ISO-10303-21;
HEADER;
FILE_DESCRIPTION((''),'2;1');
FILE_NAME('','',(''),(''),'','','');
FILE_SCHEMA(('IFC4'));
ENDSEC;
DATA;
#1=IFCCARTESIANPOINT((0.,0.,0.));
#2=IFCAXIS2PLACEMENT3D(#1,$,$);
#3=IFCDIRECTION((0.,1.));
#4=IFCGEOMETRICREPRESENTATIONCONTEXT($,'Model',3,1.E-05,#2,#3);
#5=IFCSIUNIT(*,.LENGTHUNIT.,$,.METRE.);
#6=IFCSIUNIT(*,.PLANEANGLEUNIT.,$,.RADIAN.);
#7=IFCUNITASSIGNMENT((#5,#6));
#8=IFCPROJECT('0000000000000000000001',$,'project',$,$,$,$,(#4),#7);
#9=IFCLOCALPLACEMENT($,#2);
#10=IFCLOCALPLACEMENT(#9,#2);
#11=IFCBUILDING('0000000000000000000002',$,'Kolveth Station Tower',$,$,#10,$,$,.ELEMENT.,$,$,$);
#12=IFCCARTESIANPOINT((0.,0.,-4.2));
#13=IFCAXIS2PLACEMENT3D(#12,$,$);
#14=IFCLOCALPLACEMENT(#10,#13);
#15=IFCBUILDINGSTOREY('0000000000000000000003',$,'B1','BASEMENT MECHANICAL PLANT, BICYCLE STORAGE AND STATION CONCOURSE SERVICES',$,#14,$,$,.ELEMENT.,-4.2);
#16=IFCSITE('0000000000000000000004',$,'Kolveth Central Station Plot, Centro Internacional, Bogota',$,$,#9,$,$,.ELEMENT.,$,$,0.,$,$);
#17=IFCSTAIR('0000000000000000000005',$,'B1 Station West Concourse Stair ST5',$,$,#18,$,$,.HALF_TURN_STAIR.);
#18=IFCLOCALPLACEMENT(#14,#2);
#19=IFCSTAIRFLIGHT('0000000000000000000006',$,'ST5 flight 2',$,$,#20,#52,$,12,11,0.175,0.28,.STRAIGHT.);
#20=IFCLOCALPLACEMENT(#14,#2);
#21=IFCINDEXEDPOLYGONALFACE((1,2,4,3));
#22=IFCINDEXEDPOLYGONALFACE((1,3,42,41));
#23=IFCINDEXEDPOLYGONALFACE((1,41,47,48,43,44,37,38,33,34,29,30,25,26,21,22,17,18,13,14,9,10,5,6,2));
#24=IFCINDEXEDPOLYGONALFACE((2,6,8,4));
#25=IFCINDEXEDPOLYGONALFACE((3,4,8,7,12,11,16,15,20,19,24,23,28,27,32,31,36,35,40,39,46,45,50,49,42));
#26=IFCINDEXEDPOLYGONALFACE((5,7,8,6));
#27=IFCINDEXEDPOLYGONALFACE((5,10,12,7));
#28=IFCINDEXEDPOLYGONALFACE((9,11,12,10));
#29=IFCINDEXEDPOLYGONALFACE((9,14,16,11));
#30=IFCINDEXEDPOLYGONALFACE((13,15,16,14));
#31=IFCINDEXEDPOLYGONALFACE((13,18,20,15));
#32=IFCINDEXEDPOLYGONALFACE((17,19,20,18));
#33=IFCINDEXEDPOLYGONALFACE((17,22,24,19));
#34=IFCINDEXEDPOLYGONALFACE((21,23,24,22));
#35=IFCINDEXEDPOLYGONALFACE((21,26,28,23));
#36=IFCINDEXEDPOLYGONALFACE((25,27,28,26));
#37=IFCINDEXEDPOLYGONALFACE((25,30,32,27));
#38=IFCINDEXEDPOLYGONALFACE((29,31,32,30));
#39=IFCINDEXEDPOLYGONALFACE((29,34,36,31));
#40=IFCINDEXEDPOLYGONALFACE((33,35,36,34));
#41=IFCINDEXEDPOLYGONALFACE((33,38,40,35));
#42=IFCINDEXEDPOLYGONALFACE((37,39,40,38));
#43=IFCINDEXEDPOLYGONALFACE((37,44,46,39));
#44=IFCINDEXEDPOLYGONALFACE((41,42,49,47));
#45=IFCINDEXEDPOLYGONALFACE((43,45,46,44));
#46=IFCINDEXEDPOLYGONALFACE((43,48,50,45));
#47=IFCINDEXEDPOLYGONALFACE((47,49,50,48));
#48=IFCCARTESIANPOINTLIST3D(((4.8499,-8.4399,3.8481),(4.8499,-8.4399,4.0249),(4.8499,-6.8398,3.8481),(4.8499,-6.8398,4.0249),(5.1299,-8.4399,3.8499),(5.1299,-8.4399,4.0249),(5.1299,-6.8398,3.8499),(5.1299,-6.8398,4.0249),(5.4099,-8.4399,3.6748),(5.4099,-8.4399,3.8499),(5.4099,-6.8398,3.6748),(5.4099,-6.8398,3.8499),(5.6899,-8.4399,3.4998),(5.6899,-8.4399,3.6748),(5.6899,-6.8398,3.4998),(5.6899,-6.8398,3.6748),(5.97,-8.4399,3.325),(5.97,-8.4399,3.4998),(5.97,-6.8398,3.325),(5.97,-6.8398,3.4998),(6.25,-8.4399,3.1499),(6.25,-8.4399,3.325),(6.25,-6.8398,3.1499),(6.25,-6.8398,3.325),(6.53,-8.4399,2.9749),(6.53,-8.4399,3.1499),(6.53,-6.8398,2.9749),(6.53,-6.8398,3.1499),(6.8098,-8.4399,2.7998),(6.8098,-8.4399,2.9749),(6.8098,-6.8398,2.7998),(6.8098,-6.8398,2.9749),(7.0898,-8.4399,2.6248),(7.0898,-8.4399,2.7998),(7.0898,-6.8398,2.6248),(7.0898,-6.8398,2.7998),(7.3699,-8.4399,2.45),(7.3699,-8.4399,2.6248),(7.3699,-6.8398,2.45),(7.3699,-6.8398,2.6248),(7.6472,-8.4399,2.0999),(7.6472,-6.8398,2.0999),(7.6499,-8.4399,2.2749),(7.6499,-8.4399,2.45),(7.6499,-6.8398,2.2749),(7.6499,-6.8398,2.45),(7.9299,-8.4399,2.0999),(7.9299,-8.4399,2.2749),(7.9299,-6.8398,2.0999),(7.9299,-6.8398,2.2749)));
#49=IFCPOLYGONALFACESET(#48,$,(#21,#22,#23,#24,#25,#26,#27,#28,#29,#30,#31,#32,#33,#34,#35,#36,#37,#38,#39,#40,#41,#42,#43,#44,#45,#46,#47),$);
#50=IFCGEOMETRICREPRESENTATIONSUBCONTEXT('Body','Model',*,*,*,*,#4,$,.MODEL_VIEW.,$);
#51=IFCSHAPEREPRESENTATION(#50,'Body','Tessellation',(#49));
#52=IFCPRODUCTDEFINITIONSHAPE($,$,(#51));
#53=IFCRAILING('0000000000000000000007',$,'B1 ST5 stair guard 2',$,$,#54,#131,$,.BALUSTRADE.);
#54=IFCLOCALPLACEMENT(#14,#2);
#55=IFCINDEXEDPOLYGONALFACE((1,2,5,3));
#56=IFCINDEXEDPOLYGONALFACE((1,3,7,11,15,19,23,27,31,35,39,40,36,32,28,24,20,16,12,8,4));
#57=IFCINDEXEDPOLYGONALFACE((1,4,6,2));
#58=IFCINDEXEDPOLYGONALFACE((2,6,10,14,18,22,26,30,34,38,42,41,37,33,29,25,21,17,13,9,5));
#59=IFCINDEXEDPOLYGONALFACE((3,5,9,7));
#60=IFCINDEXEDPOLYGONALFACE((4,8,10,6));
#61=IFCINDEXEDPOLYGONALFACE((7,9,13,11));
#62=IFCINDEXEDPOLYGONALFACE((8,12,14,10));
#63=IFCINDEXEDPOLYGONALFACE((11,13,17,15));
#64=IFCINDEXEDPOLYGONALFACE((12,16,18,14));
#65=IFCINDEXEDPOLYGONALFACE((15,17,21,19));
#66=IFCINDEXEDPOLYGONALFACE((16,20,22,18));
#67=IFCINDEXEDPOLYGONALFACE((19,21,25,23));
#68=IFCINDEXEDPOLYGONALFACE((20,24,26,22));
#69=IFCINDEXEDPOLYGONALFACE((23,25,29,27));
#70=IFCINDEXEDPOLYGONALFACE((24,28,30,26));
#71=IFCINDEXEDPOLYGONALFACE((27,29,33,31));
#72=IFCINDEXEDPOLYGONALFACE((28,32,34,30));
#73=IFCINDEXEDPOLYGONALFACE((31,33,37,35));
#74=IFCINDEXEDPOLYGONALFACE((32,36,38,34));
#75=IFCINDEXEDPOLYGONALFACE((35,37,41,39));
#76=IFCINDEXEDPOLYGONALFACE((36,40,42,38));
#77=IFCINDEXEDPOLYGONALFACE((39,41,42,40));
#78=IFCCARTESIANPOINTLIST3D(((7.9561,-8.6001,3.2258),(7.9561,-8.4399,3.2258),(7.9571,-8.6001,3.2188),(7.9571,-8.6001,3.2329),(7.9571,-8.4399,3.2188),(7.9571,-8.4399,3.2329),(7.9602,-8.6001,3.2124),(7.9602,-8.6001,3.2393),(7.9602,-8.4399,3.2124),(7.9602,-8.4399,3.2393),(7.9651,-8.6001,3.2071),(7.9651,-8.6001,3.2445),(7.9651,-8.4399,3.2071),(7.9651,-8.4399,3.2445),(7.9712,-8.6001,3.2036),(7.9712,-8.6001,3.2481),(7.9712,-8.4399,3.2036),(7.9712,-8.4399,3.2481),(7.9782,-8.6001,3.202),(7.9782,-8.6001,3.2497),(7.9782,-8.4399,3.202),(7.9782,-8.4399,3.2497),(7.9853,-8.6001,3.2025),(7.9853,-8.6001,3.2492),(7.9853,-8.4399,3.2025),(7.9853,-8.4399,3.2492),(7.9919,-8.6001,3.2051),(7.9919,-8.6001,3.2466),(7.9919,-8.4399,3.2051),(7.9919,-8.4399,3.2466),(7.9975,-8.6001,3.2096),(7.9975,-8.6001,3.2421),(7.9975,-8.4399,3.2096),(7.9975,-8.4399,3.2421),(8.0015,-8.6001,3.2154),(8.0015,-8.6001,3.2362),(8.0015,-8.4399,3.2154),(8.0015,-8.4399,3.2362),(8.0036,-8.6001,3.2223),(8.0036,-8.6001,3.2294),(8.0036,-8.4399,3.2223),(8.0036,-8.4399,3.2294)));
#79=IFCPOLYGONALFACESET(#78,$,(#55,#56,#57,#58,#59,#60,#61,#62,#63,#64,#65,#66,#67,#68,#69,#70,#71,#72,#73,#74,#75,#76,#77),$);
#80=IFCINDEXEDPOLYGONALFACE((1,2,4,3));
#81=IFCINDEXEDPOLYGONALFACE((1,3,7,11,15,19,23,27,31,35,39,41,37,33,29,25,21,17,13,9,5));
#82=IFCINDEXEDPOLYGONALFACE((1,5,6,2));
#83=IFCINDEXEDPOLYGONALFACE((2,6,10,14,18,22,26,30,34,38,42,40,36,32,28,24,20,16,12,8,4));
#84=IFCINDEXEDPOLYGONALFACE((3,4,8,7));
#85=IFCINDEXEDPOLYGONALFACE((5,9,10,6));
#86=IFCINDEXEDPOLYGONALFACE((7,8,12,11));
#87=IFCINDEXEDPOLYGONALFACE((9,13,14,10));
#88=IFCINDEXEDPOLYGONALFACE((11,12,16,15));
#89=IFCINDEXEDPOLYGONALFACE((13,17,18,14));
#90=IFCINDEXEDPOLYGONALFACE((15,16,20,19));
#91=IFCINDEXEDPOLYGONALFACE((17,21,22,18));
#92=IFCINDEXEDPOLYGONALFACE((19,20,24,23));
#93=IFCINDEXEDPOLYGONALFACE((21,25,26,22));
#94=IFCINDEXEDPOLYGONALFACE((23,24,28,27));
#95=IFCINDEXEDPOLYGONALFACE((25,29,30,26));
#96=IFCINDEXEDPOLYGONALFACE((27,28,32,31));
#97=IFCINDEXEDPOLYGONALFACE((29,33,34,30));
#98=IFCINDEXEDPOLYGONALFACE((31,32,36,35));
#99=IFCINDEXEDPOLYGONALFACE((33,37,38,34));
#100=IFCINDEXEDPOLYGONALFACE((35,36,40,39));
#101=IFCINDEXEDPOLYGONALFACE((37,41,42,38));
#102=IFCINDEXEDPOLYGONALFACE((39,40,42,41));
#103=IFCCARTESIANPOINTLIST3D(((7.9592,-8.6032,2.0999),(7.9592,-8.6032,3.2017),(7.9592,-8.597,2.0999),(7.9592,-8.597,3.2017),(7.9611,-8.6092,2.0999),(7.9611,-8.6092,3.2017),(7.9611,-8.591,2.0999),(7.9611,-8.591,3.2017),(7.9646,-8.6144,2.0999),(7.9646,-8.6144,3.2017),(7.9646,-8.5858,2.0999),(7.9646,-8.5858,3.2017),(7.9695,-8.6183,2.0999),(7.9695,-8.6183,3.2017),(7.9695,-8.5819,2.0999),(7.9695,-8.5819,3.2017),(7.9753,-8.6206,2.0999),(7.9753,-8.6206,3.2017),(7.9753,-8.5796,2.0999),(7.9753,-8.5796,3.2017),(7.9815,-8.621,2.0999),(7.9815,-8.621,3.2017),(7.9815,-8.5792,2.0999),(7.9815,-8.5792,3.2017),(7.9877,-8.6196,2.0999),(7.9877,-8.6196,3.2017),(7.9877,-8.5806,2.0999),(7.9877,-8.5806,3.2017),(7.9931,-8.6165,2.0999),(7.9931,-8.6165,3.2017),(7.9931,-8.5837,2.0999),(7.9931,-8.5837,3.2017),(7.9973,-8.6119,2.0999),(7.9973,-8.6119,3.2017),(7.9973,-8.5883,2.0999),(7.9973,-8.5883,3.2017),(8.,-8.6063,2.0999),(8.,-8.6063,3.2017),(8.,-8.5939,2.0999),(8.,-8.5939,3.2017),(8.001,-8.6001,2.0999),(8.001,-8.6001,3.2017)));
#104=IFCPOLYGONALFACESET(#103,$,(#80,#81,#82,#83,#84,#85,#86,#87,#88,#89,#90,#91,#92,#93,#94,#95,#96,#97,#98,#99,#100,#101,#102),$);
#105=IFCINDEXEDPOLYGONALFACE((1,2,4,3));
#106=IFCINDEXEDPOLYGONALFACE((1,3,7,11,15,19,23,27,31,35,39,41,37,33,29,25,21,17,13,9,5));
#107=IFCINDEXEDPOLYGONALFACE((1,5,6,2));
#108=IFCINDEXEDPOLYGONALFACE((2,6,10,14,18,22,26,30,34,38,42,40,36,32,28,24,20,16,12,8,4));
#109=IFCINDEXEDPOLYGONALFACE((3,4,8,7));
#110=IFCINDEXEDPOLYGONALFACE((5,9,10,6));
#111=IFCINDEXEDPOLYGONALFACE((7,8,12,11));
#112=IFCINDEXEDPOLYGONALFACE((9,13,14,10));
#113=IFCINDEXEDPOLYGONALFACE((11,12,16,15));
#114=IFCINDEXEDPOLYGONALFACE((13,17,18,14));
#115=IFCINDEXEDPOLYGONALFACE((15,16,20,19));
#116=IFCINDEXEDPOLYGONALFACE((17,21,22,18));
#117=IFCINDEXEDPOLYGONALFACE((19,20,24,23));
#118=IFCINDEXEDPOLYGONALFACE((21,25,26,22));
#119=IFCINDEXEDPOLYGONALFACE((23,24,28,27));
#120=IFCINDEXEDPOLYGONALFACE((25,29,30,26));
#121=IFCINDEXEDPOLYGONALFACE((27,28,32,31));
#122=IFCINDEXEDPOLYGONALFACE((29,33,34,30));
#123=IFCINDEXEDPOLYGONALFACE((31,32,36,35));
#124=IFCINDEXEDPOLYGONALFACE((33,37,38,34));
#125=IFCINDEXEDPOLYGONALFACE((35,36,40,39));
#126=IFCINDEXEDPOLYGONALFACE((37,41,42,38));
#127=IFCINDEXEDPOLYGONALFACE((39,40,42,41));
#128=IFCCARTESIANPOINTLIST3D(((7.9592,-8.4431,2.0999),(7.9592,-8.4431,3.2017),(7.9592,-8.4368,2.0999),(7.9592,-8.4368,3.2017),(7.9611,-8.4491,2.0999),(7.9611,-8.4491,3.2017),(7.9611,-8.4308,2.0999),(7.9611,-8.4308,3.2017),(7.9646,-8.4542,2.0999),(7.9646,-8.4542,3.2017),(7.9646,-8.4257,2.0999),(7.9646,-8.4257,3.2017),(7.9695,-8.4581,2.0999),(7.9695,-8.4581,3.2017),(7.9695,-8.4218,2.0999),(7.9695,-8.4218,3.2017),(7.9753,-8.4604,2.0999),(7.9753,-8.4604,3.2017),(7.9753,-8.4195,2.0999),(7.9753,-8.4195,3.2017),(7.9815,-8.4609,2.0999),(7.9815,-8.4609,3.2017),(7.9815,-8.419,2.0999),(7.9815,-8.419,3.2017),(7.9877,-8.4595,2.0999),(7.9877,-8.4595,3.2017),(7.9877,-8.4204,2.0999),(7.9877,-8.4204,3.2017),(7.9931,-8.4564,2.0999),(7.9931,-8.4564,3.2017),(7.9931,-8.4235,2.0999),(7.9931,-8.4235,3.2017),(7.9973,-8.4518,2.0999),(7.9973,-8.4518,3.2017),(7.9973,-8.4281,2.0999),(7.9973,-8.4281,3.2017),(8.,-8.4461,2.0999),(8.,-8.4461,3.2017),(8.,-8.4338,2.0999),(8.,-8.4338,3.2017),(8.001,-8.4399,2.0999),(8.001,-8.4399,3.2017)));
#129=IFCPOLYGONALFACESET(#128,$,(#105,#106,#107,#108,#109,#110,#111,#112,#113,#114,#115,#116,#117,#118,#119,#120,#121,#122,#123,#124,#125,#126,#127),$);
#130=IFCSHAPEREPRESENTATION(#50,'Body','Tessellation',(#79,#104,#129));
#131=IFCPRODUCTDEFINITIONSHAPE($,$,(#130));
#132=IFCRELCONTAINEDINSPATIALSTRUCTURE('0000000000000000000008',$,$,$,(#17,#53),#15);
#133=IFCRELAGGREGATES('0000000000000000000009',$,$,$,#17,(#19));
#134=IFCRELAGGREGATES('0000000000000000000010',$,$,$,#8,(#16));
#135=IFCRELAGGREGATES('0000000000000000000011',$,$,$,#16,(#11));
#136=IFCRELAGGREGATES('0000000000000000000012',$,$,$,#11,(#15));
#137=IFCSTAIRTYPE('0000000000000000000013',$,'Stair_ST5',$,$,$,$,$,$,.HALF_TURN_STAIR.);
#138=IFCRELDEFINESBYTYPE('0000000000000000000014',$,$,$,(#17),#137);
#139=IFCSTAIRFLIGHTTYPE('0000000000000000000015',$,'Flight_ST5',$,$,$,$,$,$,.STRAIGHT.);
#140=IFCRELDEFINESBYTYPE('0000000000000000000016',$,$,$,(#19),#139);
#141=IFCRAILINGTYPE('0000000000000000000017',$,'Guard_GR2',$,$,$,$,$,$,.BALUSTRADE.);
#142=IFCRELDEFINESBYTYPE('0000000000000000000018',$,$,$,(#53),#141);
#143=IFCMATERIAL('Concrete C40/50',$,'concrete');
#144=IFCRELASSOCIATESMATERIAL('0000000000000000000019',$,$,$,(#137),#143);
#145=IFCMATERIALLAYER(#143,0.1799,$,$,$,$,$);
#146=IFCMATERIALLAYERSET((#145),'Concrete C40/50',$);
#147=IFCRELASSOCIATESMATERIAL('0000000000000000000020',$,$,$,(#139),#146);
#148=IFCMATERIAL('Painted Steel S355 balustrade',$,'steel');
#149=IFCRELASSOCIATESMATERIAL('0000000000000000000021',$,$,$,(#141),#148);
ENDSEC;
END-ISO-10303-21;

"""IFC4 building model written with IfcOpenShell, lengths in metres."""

from ifc_helpers import new_model, si_unit, direction, frame, origin, origin_2d, place, context, subcontext, project, spatial, polyline, circle, outline, extrude, material, layer, layer_set, type_object, element, aggregate, save


model = new_model("IFC4")

# Units and contexts
model_context = context("Model", 3, precision=1e-05, world=origin(), true_north=direction((0.0, 1.0)))
body_context = subcontext(model_context, "Body", "Model", "MODEL_VIEW")
ifc_project = project(units=[si_unit("LENGTHUNIT", "METRE"), si_unit("PLANEANGLEUNIT", "RADIAN")], contexts=[model_context])

# Site, building, storey
site_placement = place(None, origin())
site = spatial("IfcSite", under=ifc_project, at=site_placement, Name="Kolveth Central Station Plot, Centro Internacional, Bogota", CompositionType="ELEMENT", RefElevation=0.0)
building_placement = place(site_placement, origin())
building = spatial("IfcBuilding", under=site, at=building_placement, Name="Kolveth Station Tower", CompositionType="ELEMENT")
storey_placement = place(building_placement, frame((0.0, 0.0, -4.2)))
storey = spatial("IfcBuildingStorey", under=building, at=storey_placement, Name="B1", Description="BASEMENT MECHANICAL PLANT, BICYCLE STORAGE AND STATION CONCOURSE SERVICES", CompositionType="ELEMENT", Elevation=-4.2)

# Shared definitions
ifc_material_1 = material(Name="Concrete C40/50", Category="concrete")

# Stair, stair flight
stair_type = type_object("IfcStairType", Name="Stair_ST5", PredefinedType="HALF_TURN_STAIR", material=ifc_material_1)
stair_placement = place(storey_placement, origin())
stair = element("IfcStair", 1, at=stair_placement, inside=storey, type_object=stair_type, Name="B1 Station West Concourse Stair ST5", PredefinedType="HALF_TURN_STAIR")
ifc_layer_1 = layer(ifc_material_1, 0.1799)
ifc_layer_set_1 = layer_set([ifc_layer_1], Name="Concrete C40/50")
stair_flight_type = type_object("IfcStairFlightType", Name="Flight_ST5", PredefinedType="STRAIGHT", material=ifc_layer_set_1)
stair_flight_placement = place(storey_placement, frame((7.9299, -7.6399, 2.0999), z_axis=(0.0, 0.0, 1.0), x_axis=(-1.0, 0.0, 0.0)))
stair_flight = element("IfcStairFlight", 2, at=stair_flight_placement, type_object=stair_flight_type, Name="ST5 flight 2", NumberOfRisers=12, NumberOfTreads=11, PredefinedType="STRAIGHT", RiserHeight=0.175, TreadLength=0.28, context=body_context, shape_type="SweptSolid", body=[
    extrude(outline(polyline([(0.0, 0.0), (0.0, 0.175), (0.28, 0.175), (0.28, 0.3501), (0.5601, 0.3501), (0.5601, 0.5249), (0.8401, 0.5249), (0.8401, 0.7), (1.1201, 0.7), (1.1201, 0.875), (1.3999, 0.875), (1.3999, 1.05), (1.6799, 1.05), (1.6799, 1.2251), (1.96, 1.2251), (1.96, 1.3999), (2.24, 1.3999), (2.24, 1.575), (2.52, 1.575), (2.52, 1.75), (2.8, 1.75), (2.8, 1.925), (3.0801, 1.925), (3.0801, 2.1001), (3.0801, 1.7483), (0.2827, 0.0), (0.0, 0.0)])), frame((0.0, 0.8, 0.0), z_axis=(0.0, -1.0, 0.0), x_axis=(1.0, 0.0, 0.0)), (0.0, 0.0, 1.0), 1.6001),
])
aggregate(stair, [stair_flight])

# Railing
ifc_material_2 = material(Name="Painted Steel S355 balustrade", Category="steel")
railing_type_1 = type_object("IfcRailingType", Name="Guard_GR2", PredefinedType="BALUSTRADE", material=ifc_material_2)
railing_1_placement = place(storey_placement, frame((7.98, -8.6001, 2.0999)))
element("IfcRailing", 3, at=railing_1_placement, inside=storey, type_object=railing_type_1, Name="B1 ST5 stair guard 2", PredefinedType="BALUSTRADE", context=body_context, shape_type="SweptSolid", body=[
    extrude(circle(Radius=0.0239, at=origin_2d()), frame((0.0, 0.0, 1.126), z_axis=(0.0, 1.0, 0.0), x_axis=(-1.0, 0.0, 0.0)), (0.0, 0.0, 1.0), 0.1602),
    extrude(circle(Radius=0.021, at=origin_2d()), origin(), (0.0, 0.0, 1.0), 1.1018),
    extrude(circle(Radius=0.021, at=origin_2d()), frame((0.0, 0.1602, 0.0)), (0.0, 0.0, 1.0), 1.1018),
])

save(model, "model.ifc")
